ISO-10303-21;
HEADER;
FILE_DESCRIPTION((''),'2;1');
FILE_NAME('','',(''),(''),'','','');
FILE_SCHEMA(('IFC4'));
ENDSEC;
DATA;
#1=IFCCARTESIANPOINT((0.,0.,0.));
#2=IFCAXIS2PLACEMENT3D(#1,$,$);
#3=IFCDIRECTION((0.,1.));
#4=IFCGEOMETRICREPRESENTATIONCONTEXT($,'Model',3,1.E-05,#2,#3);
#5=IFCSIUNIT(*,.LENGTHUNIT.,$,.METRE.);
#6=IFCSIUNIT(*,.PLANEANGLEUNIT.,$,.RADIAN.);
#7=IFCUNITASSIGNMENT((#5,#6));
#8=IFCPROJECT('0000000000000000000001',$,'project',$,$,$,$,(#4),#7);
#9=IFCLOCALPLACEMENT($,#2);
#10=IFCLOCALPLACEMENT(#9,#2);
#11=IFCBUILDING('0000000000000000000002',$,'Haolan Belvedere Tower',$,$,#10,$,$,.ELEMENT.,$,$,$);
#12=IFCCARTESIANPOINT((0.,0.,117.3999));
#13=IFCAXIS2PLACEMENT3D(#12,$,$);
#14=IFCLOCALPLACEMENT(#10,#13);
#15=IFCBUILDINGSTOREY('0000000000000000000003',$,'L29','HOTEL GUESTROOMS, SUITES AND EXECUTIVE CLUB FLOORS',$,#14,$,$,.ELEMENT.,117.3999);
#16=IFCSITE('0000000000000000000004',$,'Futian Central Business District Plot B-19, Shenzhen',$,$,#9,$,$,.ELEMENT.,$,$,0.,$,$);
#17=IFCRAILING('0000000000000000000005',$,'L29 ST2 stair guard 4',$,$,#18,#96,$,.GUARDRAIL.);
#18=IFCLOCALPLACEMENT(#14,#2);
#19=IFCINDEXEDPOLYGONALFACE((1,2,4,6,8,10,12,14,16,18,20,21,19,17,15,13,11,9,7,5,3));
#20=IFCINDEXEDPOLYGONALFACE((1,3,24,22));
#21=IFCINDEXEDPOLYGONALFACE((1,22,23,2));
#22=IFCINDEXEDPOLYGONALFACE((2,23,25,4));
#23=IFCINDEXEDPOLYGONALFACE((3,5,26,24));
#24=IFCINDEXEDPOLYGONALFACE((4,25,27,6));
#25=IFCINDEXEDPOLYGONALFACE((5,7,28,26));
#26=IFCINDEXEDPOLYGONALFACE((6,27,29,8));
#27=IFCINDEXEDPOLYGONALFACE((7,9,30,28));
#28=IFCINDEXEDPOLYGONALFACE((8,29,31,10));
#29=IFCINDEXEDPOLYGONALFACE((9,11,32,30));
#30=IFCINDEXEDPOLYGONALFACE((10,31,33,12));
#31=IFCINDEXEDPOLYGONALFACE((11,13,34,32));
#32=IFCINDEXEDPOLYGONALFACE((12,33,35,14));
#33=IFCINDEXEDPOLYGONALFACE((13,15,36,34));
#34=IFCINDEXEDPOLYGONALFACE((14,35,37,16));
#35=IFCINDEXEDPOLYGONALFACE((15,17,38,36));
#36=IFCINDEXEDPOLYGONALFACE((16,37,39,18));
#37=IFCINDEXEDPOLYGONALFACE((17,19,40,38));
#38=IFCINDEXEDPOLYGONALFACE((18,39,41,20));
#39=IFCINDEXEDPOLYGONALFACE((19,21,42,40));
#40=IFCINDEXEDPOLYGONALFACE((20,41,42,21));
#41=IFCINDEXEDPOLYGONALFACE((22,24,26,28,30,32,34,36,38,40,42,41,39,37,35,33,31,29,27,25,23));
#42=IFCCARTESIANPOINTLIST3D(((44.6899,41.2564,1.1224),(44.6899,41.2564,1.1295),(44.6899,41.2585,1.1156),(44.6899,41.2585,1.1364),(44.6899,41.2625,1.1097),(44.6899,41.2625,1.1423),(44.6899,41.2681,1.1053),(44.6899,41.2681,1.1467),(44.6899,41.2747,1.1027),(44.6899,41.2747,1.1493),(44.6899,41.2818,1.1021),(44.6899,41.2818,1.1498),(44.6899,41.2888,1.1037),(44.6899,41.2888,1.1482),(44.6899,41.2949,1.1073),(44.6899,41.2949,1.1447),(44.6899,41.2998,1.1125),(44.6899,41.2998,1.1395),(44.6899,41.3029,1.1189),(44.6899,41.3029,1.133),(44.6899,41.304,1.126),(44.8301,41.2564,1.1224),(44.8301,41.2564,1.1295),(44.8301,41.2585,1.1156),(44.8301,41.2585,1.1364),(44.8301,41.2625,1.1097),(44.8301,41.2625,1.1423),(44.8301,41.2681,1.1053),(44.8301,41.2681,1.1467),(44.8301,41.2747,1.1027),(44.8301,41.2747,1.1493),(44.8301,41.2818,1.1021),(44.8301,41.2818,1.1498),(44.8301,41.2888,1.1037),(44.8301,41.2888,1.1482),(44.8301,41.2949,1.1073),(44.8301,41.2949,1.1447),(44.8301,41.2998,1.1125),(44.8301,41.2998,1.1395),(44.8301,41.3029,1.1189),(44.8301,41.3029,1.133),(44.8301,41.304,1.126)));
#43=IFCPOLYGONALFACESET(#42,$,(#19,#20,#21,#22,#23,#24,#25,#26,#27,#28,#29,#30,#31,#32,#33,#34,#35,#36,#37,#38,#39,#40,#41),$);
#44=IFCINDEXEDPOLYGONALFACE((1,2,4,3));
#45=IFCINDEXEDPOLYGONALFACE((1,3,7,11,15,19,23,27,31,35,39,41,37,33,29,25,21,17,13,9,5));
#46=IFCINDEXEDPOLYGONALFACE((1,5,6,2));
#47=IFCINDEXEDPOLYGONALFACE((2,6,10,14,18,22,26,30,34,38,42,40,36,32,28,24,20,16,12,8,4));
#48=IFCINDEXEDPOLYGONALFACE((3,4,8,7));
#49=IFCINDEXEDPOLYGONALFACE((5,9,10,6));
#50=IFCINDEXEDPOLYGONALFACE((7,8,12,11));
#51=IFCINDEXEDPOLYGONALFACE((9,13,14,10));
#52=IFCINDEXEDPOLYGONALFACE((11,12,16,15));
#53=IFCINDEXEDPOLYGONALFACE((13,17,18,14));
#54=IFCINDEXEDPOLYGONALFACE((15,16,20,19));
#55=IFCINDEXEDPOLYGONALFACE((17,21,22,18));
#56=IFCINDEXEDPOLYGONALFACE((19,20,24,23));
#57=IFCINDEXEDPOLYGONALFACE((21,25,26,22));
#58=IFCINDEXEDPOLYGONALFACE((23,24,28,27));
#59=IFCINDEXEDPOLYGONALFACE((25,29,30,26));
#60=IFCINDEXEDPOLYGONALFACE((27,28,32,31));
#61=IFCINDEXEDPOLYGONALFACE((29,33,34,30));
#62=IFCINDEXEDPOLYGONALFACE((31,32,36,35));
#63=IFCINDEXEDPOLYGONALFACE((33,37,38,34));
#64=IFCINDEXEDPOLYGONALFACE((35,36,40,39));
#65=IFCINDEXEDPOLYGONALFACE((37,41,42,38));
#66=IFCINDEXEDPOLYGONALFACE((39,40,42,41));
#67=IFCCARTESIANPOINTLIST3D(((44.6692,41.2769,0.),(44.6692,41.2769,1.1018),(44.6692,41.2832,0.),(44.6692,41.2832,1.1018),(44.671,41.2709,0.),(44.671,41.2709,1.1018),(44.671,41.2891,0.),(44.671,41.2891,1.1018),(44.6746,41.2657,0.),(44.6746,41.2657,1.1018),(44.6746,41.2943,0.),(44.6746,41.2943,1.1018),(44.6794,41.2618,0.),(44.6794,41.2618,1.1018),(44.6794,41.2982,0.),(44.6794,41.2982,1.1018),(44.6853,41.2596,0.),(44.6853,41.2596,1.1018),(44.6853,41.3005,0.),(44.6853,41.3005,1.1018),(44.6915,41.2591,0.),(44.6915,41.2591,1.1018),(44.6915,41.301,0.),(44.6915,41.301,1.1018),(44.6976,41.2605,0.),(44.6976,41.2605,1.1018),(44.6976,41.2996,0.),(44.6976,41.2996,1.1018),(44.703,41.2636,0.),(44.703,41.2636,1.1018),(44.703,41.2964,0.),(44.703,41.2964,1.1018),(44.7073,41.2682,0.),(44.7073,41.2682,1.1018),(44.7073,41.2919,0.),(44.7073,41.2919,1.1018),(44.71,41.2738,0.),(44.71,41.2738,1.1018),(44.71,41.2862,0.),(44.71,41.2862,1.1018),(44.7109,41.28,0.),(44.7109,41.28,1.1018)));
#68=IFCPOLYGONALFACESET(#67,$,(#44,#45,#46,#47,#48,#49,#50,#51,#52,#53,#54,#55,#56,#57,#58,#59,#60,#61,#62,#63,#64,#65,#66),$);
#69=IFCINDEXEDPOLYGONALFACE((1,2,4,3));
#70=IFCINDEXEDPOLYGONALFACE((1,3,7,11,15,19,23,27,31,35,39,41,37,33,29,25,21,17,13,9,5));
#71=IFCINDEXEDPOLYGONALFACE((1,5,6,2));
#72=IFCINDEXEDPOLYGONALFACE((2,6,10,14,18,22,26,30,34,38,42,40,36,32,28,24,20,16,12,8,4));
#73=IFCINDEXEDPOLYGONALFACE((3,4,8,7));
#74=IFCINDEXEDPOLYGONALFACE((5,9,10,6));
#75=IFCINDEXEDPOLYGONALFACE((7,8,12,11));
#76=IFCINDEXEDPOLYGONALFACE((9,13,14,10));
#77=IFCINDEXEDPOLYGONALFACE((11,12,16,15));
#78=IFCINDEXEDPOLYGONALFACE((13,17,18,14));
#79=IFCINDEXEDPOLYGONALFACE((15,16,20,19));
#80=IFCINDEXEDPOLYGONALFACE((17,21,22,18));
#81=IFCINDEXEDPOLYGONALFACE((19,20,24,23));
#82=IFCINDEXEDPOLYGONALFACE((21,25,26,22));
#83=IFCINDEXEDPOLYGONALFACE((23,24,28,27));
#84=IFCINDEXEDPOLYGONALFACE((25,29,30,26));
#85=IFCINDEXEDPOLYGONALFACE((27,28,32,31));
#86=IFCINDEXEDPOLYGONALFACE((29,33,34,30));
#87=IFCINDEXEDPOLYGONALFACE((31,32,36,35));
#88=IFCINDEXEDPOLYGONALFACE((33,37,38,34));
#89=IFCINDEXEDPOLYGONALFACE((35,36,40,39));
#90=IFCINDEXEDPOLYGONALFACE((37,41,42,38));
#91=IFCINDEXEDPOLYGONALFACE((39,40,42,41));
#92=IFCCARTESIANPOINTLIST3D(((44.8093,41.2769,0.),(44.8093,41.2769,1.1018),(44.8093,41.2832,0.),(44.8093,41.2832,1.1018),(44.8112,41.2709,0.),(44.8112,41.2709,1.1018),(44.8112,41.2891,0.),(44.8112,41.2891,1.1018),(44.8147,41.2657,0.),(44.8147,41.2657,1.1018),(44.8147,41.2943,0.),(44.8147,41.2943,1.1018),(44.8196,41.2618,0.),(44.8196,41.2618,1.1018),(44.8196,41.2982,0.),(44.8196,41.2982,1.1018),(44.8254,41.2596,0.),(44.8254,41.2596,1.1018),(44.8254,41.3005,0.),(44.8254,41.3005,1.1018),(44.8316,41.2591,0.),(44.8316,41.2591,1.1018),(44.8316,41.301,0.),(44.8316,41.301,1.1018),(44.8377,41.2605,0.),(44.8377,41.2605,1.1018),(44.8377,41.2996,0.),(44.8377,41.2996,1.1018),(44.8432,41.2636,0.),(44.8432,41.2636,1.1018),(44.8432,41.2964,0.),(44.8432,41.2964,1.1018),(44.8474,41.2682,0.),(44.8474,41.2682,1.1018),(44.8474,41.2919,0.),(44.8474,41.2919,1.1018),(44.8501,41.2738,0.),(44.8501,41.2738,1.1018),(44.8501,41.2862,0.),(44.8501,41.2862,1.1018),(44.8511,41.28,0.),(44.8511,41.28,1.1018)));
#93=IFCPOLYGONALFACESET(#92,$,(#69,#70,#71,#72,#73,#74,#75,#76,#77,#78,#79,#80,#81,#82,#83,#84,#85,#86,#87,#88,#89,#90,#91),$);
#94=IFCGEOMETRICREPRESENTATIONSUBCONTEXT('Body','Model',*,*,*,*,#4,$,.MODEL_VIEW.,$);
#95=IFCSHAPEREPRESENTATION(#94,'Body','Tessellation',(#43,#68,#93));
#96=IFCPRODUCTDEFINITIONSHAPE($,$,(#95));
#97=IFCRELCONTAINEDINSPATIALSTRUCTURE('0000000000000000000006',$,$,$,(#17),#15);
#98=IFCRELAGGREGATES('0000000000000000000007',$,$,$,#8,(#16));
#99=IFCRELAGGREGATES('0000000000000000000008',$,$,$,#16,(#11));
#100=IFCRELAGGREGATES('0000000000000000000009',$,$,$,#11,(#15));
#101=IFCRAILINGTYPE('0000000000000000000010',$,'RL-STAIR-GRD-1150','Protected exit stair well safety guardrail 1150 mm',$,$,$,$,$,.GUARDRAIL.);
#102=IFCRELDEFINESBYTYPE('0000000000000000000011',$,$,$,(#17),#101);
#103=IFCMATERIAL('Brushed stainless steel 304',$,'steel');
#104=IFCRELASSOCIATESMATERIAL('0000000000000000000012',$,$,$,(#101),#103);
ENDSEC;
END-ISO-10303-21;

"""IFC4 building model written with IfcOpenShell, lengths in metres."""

from ifc_helpers import new_model, si_unit, direction, frame, origin, origin_2d, place, context, subcontext, project, spatial, circle, extrude, material, type_object, element, save


model = new_model("IFC4")

# Units and contexts
model_context = context("Model", 3, precision=1e-05, world=origin(), true_north=direction((0.0, 1.0)))
body_context = subcontext(model_context, "Body", "Model", "MODEL_VIEW")
ifc_project = project(units=[si_unit("LENGTHUNIT", "METRE"), si_unit("PLANEANGLEUNIT", "RADIAN")], contexts=[model_context])

# Site, building, storey
site_placement = place(None, origin())
site = spatial("IfcSite", under=ifc_project, at=site_placement, Name="Futian Central Business District Plot B-19, Shenzhen", CompositionType="ELEMENT", RefElevation=0.0)
building_placement = place(site_placement, origin())
building = spatial("IfcBuilding", under=site, at=building_placement, Name="Haolan Belvedere Tower", CompositionType="ELEMENT")
storey_placement = place(building_placement, frame((0.0, 0.0, 117.3999)))
storey = spatial("IfcBuildingStorey", under=building, at=storey_placement, Name="L29", Description="HOTEL GUESTROOMS, SUITES AND EXECUTIVE CLUB FLOORS", CompositionType="ELEMENT", Elevation=117.3999)

# Railing
ifc_material_1 = material(Name="Brushed stainless steel 304", Category="steel")
railing_type_1 = type_object("IfcRailingType", Name="RL-STAIR-GRD-1150", Description="Protected exit stair well safety guardrail 1150 mm", PredefinedType="GUARDRAIL", material=ifc_material_1)
railing_1_placement = place(storey_placement, frame((44.6899, 41.28, 0.0)))
element("IfcRailing", 1, at=railing_1_placement, inside=storey, type_object=railing_type_1, Name="L29 ST2 stair guard 4", PredefinedType="GUARDRAIL", context=body_context, shape_type="SweptSolid", body=[
    extrude(circle(Radius=0.0239, at=origin_2d()), frame((0.0, 0.0, 1.126), z_axis=(1.0, 0.0, 0.0), x_axis=(0.0, 1.0, 0.0)), (0.0, 0.0, 1.0), 0.1401),
    extrude(circle(Radius=0.021, at=origin_2d()), origin(), (0.0, 0.0, 1.0), 1.1018),
    extrude(circle(Radius=0.021, at=origin_2d()), frame((0.1401, 0.0, 0.0)), (0.0, 0.0, 1.0), 1.1018),
])

save(model, "model.ifc")
